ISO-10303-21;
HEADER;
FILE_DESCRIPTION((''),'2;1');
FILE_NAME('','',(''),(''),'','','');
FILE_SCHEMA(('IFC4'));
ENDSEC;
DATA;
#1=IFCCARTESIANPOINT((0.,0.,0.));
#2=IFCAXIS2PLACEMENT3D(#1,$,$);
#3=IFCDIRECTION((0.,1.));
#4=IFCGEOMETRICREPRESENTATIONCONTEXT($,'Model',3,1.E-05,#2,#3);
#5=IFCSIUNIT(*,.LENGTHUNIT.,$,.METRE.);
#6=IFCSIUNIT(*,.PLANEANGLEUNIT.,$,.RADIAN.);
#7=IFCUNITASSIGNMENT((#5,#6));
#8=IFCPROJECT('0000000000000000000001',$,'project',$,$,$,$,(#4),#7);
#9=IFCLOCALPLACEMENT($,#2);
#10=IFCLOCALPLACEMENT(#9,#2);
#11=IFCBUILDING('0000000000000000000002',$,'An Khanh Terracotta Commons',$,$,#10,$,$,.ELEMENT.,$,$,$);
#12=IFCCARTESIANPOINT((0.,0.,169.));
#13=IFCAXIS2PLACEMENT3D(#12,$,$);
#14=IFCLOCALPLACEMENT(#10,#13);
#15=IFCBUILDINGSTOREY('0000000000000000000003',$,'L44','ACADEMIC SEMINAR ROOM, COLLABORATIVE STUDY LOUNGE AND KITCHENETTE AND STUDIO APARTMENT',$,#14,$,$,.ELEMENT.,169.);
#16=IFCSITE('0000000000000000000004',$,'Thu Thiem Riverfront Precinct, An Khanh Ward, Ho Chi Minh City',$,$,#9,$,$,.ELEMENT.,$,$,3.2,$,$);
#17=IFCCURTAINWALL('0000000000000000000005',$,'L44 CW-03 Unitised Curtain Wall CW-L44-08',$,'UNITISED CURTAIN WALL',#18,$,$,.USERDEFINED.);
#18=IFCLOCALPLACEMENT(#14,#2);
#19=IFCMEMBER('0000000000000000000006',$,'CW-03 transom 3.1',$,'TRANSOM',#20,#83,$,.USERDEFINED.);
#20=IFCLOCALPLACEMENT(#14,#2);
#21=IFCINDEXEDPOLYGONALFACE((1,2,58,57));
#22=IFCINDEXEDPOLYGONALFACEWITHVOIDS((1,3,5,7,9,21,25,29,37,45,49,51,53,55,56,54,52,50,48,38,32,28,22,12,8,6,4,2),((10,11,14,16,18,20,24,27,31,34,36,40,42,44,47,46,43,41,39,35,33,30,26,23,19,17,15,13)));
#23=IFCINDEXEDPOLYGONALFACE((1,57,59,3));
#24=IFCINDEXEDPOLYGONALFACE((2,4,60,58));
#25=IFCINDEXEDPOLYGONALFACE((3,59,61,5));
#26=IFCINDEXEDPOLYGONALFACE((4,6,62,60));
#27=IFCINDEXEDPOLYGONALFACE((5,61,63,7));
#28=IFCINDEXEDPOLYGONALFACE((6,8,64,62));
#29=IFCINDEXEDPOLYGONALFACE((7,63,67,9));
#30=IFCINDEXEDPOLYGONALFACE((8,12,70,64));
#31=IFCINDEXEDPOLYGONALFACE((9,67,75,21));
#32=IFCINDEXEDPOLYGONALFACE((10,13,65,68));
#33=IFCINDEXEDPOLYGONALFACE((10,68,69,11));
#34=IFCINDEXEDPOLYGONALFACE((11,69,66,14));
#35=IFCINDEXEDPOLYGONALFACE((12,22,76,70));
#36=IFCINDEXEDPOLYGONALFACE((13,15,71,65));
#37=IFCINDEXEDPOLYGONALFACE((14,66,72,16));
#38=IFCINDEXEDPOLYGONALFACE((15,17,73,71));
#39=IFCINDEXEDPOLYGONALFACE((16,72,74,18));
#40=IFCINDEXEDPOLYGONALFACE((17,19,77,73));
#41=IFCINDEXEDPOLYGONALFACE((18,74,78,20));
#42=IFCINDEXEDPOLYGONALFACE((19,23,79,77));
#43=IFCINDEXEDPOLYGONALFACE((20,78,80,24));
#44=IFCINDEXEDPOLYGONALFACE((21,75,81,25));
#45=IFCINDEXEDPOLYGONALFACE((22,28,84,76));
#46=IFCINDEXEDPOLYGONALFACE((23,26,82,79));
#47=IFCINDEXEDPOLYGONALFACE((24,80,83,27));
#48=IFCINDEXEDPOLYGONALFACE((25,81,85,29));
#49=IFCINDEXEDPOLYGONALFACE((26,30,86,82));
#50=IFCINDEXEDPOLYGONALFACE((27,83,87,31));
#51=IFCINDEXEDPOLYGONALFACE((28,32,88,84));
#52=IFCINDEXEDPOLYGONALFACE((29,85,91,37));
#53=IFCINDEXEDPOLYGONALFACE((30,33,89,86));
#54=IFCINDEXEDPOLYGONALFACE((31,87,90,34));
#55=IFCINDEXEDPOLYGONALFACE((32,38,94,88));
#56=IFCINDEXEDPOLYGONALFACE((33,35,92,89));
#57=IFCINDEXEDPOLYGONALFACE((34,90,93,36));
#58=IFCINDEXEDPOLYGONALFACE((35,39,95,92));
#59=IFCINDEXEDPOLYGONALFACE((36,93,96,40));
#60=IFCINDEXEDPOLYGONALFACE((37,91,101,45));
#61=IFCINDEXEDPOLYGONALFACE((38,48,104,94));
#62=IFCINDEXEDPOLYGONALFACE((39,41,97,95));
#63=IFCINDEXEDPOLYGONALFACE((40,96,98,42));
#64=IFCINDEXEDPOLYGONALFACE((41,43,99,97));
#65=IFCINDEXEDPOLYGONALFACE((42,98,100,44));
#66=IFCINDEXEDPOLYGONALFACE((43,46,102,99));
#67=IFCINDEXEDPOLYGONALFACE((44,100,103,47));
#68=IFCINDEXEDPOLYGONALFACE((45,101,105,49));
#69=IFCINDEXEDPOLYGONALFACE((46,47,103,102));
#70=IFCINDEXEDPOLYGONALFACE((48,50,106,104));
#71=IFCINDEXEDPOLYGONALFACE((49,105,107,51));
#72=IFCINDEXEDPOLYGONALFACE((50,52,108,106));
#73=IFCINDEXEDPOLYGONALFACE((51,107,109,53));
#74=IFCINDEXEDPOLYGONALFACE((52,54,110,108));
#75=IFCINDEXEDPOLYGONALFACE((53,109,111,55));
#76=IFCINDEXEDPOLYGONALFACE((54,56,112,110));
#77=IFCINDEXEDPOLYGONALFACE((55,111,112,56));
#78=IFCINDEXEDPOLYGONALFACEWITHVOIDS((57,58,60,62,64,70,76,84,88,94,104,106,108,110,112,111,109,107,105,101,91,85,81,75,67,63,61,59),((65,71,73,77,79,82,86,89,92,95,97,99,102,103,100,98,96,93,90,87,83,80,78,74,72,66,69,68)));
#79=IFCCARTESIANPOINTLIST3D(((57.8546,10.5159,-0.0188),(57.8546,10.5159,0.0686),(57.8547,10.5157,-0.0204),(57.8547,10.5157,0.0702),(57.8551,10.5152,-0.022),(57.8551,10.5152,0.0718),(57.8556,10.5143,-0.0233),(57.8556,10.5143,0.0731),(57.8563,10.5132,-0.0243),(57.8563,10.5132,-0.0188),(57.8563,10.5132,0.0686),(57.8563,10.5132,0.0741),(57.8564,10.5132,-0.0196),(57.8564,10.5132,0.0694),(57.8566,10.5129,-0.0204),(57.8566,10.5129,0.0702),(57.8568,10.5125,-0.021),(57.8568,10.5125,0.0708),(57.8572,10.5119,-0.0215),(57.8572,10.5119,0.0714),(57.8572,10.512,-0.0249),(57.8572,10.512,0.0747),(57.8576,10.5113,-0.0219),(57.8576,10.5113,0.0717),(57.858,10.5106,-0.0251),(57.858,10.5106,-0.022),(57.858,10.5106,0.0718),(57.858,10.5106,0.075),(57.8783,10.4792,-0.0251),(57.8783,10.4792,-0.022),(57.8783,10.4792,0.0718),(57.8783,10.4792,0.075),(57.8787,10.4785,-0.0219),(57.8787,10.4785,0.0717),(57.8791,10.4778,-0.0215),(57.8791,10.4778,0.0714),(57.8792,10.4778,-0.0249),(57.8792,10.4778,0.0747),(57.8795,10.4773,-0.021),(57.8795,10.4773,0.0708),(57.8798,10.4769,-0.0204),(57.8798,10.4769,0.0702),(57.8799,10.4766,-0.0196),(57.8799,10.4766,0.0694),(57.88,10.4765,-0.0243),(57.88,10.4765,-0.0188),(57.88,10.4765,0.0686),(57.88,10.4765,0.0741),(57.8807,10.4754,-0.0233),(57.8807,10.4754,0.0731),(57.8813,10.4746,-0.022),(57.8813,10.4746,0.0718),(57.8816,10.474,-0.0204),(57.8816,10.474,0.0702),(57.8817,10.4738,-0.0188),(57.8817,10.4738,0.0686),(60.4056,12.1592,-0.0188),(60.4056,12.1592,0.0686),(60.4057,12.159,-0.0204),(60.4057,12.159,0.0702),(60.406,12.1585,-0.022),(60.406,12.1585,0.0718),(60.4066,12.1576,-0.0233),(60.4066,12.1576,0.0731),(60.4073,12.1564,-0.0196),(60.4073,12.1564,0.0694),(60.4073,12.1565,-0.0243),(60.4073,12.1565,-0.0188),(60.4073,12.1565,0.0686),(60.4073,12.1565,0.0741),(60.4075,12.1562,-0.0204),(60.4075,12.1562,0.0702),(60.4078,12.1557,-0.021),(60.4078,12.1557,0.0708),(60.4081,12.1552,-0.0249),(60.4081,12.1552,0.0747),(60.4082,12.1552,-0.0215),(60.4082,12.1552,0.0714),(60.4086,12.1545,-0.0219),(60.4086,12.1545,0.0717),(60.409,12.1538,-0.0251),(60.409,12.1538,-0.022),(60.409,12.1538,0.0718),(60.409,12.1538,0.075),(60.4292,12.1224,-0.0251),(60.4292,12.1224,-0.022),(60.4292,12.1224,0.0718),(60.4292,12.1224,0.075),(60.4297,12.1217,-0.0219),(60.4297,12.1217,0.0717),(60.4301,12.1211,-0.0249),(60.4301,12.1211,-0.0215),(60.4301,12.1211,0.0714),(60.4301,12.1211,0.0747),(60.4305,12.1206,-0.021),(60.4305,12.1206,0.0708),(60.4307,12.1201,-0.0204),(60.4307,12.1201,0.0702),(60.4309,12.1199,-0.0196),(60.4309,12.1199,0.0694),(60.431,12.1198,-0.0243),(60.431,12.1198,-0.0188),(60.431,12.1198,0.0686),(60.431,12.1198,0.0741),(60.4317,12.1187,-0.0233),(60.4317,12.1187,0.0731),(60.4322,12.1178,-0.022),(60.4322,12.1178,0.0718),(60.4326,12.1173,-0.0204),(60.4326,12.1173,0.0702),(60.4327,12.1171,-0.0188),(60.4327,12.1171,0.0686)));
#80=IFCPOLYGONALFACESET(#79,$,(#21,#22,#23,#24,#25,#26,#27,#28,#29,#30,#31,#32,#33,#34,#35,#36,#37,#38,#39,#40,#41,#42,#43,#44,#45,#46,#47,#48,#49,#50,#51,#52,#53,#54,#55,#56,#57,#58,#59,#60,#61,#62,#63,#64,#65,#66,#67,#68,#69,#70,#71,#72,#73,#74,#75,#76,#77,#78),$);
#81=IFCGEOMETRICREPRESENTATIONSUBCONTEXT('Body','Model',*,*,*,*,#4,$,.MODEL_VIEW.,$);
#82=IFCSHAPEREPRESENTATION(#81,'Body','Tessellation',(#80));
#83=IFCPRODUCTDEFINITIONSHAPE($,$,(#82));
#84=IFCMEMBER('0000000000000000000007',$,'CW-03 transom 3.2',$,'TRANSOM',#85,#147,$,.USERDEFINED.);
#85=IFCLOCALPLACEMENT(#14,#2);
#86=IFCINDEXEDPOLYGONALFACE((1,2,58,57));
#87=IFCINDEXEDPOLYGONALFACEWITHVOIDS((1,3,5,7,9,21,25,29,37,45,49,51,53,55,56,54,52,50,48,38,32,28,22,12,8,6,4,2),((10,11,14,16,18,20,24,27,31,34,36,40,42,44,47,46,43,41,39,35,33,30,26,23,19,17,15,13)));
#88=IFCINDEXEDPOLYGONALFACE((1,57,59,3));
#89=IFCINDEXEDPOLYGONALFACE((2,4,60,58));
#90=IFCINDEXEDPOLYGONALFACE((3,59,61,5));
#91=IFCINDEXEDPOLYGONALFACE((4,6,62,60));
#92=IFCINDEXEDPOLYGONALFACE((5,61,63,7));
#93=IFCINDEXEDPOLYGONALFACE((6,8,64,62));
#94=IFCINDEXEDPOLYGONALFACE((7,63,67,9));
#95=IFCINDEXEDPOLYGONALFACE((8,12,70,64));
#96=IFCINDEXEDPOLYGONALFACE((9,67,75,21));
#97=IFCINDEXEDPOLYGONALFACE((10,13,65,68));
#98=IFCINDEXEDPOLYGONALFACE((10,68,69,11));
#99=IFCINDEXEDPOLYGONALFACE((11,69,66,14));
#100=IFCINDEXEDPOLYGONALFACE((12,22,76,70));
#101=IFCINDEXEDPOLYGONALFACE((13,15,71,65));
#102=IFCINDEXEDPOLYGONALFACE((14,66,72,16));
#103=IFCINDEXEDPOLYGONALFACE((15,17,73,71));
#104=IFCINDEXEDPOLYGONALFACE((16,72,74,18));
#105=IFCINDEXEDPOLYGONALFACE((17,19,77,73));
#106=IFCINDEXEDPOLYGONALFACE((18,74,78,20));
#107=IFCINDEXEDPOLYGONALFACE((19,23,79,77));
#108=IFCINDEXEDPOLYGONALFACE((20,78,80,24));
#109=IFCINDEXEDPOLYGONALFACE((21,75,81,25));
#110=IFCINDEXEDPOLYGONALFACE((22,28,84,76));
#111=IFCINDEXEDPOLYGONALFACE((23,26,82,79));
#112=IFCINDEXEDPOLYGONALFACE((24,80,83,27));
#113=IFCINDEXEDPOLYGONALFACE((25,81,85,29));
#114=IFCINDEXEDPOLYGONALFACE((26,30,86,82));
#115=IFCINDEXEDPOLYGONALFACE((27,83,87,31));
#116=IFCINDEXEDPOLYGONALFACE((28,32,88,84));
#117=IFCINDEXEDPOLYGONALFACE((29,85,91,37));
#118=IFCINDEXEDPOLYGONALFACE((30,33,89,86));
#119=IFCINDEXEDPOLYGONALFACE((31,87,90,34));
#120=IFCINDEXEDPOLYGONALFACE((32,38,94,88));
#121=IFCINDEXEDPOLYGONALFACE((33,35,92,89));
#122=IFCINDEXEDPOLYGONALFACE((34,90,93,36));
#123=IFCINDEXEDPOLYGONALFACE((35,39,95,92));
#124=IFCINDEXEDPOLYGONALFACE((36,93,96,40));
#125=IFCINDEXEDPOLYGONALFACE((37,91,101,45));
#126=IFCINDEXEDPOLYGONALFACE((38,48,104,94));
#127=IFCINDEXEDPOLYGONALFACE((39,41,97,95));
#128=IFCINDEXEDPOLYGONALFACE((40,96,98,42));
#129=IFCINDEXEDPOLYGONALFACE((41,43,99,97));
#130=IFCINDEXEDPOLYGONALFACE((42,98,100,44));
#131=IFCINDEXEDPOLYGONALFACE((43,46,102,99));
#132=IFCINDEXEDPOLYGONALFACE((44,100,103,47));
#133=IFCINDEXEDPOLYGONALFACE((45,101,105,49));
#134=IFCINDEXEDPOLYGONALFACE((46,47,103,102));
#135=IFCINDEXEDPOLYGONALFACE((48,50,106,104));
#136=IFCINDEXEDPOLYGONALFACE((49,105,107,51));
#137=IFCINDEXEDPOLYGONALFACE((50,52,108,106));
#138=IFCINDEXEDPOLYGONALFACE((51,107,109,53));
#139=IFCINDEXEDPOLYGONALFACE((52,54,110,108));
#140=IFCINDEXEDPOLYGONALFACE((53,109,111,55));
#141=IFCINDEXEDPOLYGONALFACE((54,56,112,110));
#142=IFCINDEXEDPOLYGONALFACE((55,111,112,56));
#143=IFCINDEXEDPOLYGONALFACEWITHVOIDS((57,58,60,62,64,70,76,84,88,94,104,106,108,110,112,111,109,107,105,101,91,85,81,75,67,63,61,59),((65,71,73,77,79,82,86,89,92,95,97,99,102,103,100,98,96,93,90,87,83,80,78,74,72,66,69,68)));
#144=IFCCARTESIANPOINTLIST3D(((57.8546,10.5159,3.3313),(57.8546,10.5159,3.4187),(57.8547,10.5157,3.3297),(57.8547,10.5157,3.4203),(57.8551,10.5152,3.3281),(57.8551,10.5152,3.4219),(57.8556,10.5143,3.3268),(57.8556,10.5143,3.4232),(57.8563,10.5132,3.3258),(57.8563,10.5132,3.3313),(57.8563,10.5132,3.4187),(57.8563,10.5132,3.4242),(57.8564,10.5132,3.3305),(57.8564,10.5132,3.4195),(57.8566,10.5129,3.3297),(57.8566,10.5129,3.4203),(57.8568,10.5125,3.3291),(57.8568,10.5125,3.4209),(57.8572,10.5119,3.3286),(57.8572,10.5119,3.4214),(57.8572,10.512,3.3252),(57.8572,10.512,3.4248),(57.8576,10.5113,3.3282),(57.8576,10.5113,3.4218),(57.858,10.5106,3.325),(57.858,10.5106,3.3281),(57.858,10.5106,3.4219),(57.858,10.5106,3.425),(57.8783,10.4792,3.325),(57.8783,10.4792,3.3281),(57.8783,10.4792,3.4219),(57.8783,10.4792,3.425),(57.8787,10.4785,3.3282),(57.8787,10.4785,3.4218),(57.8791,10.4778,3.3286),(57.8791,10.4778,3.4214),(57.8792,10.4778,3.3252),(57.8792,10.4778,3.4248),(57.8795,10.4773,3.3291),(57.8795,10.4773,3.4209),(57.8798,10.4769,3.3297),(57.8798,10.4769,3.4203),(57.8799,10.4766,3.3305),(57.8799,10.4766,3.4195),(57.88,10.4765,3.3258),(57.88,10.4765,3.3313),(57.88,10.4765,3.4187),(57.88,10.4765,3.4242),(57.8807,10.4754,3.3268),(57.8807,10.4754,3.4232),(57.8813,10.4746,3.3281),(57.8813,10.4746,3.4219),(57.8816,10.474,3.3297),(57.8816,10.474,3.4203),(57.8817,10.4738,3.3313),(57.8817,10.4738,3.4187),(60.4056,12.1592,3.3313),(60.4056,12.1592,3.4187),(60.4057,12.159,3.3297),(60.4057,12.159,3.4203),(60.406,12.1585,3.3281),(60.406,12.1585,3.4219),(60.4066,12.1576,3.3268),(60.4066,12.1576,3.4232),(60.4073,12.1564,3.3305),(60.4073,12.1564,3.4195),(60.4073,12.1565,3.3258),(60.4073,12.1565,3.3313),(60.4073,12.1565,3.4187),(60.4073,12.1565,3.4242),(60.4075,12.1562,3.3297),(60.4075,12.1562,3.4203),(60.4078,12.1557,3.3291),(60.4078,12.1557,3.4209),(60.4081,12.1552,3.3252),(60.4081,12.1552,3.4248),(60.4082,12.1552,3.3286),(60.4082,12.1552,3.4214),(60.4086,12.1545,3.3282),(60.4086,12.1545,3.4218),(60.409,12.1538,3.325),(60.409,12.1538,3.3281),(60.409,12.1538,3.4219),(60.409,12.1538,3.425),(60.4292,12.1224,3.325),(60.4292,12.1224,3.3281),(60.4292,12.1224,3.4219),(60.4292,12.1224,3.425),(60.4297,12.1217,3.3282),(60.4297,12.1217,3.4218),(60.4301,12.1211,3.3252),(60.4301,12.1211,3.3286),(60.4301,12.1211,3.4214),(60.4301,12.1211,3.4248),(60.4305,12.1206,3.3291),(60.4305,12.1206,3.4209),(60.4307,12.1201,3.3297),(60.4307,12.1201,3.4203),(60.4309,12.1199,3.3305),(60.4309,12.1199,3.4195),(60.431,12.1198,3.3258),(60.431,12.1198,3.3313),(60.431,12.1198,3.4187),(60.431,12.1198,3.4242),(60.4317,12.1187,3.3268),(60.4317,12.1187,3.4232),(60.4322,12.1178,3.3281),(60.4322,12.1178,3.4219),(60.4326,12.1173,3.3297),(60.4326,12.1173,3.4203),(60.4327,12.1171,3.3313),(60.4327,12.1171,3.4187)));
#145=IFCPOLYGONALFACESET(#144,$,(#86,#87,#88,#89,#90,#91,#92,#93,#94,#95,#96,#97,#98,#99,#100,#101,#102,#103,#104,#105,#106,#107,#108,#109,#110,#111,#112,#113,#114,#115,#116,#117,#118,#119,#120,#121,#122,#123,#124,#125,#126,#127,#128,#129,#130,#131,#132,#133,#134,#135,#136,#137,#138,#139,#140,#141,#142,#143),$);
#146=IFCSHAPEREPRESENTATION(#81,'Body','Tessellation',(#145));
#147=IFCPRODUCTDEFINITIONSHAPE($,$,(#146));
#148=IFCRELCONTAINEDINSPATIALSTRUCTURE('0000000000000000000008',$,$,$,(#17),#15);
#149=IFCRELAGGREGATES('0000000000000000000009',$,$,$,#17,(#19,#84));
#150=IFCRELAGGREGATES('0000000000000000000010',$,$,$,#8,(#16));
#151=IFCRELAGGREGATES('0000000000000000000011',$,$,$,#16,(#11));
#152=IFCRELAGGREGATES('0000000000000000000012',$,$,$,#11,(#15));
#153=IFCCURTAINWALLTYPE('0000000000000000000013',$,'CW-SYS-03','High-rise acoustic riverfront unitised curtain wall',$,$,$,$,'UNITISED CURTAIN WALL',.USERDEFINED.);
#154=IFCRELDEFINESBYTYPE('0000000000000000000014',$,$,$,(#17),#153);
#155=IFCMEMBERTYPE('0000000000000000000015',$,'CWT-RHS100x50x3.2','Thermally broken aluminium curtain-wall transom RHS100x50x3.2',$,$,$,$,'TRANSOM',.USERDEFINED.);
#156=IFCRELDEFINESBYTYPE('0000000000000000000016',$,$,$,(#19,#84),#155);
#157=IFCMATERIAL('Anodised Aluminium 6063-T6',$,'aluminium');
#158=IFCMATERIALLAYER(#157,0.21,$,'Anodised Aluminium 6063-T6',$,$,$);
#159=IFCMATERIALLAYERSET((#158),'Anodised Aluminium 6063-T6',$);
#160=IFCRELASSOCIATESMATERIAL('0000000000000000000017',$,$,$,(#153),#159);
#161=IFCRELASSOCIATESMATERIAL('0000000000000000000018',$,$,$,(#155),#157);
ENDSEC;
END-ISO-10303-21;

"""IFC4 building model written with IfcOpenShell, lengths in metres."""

from ifc_helpers import new_model, si_unit, direction, frame, origin, origin_2d, place, context, subcontext, project, spatial, hollow_rectangle, extrude, material, layer, layer_set, material_profile, profile_set, type_object, element, aggregate, save


model = new_model("IFC4")

# Units and contexts
model_context = context("Model", 3, precision=1e-05, world=origin(), true_north=direction((0.0, 1.0)))
body_context = subcontext(model_context, "Body", "Model", "MODEL_VIEW")
ifc_project = project(units=[si_unit("LENGTHUNIT", "METRE"), si_unit("PLANEANGLEUNIT", "RADIAN")], contexts=[model_context])

# Site, building, storey
site_placement = place(None, origin())
site = spatial("IfcSite", under=ifc_project, at=site_placement, Name="Thu Thiem Riverfront Precinct, An Khanh Ward, Ho Chi Minh City", CompositionType="ELEMENT", RefElevation=3.2)
building_placement = place(site_placement, origin())
building = spatial("IfcBuilding", under=site, at=building_placement, Name="An Khanh Terracotta Commons", CompositionType="ELEMENT")
storey_placement = place(building_placement, frame((0.0, 0.0, 169.0)))
storey = spatial("IfcBuildingStorey", under=building, at=storey_placement, Name="L44", Description="ACADEMIC SEMINAR ROOM, COLLABORATIVE STUDY LOUNGE AND KITCHENETTE AND STUDIO APARTMENT", CompositionType="ELEMENT", Elevation=169.0)

# Curtain wall
ifc_material_1 = material(Name="Anodised Aluminium 6063-T6", Category="aluminium")
ifc_layer_1 = layer(ifc_material_1, 0.21, Name="Anodised Aluminium 6063-T6")
ifc_layer_set_1 = layer_set([ifc_layer_1], Name="Anodised Aluminium 6063-T6")
curtain_wall_type = type_object("IfcCurtainWallType", Name="CW-SYS-03", Description="High-rise acoustic riverfront unitised curtain wall", ElementType="UNITISED CURTAIN WALL", PredefinedType="USERDEFINED", material=ifc_layer_set_1)
curtain_wall_1_placement = place(storey_placement, origin())
curtain_wall_1 = element("IfcCurtainWall", 1, at=curtain_wall_1_placement, inside=storey, type_object=curtain_wall_type, Name="L44 CW-03 Unitised Curtain Wall CW-L44-08", ObjectType="UNITISED CURTAIN WALL", PredefinedType="USERDEFINED")

# Members
ifc_material_profile_1 = material_profile(ifc_material_1, hollow_rectangle(XDim=0.05, YDim=0.1001, WallThickness=0.0032, InnerFilletRadius=0.0032, OuterFilletRadius=0.0063, at=origin_2d()), Name="RHS100x50x3.2")
ifc_profile_set_1 = profile_set([ifc_material_profile_1], Name="Anodised Aluminium 6063-T6")
member_type_1 = type_object("IfcMemberType", Name="CWT-RHS100x50x3.2", Description="Thermally broken aluminium curtain-wall transom RHS100x50x3.2", ElementType="TRANSOM", PredefinedType="USERDEFINED", material=ifc_profile_set_1)
member_1_placement = place(storey_placement, frame((57.8682, 10.4949, 0.0249), z_axis=(0.840674, 0.541542, 0.0), x_axis=(-0.541542, 0.840674, 0.0)))
member_1 = element("IfcMember", 2, at=member_1_placement, type_object=member_type_1, Name="CW-03 transom 3.1", ObjectType="TRANSOM", PredefinedType="USERDEFINED", context=body_context, shape_type="SweptSolid", body=[
    extrude(hollow_rectangle(XDim=0.05, YDim=0.1001, WallThickness=0.0032, InnerFilletRadius=0.0032, OuterFilletRadius=0.0063, at=origin_2d()), origin(), (0.0, 0.0, 1.0), 3.0344),
])
member_2_placement = place(storey_placement, frame((57.8682, 10.4949, 3.375), z_axis=(0.840674, 0.541542, 0.0), x_axis=(-0.541542, 0.840674, 0.0)))
member_2 = element("IfcMember", 3, at=member_2_placement, type_object=member_type_1, Name="CW-03 transom 3.2", ObjectType="TRANSOM", PredefinedType="USERDEFINED", context=body_context, shape_type="SweptSolid", body=[
    extrude(hollow_rectangle(XDim=0.05, YDim=0.1001, WallThickness=0.0032, InnerFilletRadius=0.0032, OuterFilletRadius=0.0063, at=origin_2d()), origin(), (0.0, 0.0, 1.0), 3.0344),
])

aggregate(curtain_wall_1, [member_1, member_2])

save(model, "model.ifc")
